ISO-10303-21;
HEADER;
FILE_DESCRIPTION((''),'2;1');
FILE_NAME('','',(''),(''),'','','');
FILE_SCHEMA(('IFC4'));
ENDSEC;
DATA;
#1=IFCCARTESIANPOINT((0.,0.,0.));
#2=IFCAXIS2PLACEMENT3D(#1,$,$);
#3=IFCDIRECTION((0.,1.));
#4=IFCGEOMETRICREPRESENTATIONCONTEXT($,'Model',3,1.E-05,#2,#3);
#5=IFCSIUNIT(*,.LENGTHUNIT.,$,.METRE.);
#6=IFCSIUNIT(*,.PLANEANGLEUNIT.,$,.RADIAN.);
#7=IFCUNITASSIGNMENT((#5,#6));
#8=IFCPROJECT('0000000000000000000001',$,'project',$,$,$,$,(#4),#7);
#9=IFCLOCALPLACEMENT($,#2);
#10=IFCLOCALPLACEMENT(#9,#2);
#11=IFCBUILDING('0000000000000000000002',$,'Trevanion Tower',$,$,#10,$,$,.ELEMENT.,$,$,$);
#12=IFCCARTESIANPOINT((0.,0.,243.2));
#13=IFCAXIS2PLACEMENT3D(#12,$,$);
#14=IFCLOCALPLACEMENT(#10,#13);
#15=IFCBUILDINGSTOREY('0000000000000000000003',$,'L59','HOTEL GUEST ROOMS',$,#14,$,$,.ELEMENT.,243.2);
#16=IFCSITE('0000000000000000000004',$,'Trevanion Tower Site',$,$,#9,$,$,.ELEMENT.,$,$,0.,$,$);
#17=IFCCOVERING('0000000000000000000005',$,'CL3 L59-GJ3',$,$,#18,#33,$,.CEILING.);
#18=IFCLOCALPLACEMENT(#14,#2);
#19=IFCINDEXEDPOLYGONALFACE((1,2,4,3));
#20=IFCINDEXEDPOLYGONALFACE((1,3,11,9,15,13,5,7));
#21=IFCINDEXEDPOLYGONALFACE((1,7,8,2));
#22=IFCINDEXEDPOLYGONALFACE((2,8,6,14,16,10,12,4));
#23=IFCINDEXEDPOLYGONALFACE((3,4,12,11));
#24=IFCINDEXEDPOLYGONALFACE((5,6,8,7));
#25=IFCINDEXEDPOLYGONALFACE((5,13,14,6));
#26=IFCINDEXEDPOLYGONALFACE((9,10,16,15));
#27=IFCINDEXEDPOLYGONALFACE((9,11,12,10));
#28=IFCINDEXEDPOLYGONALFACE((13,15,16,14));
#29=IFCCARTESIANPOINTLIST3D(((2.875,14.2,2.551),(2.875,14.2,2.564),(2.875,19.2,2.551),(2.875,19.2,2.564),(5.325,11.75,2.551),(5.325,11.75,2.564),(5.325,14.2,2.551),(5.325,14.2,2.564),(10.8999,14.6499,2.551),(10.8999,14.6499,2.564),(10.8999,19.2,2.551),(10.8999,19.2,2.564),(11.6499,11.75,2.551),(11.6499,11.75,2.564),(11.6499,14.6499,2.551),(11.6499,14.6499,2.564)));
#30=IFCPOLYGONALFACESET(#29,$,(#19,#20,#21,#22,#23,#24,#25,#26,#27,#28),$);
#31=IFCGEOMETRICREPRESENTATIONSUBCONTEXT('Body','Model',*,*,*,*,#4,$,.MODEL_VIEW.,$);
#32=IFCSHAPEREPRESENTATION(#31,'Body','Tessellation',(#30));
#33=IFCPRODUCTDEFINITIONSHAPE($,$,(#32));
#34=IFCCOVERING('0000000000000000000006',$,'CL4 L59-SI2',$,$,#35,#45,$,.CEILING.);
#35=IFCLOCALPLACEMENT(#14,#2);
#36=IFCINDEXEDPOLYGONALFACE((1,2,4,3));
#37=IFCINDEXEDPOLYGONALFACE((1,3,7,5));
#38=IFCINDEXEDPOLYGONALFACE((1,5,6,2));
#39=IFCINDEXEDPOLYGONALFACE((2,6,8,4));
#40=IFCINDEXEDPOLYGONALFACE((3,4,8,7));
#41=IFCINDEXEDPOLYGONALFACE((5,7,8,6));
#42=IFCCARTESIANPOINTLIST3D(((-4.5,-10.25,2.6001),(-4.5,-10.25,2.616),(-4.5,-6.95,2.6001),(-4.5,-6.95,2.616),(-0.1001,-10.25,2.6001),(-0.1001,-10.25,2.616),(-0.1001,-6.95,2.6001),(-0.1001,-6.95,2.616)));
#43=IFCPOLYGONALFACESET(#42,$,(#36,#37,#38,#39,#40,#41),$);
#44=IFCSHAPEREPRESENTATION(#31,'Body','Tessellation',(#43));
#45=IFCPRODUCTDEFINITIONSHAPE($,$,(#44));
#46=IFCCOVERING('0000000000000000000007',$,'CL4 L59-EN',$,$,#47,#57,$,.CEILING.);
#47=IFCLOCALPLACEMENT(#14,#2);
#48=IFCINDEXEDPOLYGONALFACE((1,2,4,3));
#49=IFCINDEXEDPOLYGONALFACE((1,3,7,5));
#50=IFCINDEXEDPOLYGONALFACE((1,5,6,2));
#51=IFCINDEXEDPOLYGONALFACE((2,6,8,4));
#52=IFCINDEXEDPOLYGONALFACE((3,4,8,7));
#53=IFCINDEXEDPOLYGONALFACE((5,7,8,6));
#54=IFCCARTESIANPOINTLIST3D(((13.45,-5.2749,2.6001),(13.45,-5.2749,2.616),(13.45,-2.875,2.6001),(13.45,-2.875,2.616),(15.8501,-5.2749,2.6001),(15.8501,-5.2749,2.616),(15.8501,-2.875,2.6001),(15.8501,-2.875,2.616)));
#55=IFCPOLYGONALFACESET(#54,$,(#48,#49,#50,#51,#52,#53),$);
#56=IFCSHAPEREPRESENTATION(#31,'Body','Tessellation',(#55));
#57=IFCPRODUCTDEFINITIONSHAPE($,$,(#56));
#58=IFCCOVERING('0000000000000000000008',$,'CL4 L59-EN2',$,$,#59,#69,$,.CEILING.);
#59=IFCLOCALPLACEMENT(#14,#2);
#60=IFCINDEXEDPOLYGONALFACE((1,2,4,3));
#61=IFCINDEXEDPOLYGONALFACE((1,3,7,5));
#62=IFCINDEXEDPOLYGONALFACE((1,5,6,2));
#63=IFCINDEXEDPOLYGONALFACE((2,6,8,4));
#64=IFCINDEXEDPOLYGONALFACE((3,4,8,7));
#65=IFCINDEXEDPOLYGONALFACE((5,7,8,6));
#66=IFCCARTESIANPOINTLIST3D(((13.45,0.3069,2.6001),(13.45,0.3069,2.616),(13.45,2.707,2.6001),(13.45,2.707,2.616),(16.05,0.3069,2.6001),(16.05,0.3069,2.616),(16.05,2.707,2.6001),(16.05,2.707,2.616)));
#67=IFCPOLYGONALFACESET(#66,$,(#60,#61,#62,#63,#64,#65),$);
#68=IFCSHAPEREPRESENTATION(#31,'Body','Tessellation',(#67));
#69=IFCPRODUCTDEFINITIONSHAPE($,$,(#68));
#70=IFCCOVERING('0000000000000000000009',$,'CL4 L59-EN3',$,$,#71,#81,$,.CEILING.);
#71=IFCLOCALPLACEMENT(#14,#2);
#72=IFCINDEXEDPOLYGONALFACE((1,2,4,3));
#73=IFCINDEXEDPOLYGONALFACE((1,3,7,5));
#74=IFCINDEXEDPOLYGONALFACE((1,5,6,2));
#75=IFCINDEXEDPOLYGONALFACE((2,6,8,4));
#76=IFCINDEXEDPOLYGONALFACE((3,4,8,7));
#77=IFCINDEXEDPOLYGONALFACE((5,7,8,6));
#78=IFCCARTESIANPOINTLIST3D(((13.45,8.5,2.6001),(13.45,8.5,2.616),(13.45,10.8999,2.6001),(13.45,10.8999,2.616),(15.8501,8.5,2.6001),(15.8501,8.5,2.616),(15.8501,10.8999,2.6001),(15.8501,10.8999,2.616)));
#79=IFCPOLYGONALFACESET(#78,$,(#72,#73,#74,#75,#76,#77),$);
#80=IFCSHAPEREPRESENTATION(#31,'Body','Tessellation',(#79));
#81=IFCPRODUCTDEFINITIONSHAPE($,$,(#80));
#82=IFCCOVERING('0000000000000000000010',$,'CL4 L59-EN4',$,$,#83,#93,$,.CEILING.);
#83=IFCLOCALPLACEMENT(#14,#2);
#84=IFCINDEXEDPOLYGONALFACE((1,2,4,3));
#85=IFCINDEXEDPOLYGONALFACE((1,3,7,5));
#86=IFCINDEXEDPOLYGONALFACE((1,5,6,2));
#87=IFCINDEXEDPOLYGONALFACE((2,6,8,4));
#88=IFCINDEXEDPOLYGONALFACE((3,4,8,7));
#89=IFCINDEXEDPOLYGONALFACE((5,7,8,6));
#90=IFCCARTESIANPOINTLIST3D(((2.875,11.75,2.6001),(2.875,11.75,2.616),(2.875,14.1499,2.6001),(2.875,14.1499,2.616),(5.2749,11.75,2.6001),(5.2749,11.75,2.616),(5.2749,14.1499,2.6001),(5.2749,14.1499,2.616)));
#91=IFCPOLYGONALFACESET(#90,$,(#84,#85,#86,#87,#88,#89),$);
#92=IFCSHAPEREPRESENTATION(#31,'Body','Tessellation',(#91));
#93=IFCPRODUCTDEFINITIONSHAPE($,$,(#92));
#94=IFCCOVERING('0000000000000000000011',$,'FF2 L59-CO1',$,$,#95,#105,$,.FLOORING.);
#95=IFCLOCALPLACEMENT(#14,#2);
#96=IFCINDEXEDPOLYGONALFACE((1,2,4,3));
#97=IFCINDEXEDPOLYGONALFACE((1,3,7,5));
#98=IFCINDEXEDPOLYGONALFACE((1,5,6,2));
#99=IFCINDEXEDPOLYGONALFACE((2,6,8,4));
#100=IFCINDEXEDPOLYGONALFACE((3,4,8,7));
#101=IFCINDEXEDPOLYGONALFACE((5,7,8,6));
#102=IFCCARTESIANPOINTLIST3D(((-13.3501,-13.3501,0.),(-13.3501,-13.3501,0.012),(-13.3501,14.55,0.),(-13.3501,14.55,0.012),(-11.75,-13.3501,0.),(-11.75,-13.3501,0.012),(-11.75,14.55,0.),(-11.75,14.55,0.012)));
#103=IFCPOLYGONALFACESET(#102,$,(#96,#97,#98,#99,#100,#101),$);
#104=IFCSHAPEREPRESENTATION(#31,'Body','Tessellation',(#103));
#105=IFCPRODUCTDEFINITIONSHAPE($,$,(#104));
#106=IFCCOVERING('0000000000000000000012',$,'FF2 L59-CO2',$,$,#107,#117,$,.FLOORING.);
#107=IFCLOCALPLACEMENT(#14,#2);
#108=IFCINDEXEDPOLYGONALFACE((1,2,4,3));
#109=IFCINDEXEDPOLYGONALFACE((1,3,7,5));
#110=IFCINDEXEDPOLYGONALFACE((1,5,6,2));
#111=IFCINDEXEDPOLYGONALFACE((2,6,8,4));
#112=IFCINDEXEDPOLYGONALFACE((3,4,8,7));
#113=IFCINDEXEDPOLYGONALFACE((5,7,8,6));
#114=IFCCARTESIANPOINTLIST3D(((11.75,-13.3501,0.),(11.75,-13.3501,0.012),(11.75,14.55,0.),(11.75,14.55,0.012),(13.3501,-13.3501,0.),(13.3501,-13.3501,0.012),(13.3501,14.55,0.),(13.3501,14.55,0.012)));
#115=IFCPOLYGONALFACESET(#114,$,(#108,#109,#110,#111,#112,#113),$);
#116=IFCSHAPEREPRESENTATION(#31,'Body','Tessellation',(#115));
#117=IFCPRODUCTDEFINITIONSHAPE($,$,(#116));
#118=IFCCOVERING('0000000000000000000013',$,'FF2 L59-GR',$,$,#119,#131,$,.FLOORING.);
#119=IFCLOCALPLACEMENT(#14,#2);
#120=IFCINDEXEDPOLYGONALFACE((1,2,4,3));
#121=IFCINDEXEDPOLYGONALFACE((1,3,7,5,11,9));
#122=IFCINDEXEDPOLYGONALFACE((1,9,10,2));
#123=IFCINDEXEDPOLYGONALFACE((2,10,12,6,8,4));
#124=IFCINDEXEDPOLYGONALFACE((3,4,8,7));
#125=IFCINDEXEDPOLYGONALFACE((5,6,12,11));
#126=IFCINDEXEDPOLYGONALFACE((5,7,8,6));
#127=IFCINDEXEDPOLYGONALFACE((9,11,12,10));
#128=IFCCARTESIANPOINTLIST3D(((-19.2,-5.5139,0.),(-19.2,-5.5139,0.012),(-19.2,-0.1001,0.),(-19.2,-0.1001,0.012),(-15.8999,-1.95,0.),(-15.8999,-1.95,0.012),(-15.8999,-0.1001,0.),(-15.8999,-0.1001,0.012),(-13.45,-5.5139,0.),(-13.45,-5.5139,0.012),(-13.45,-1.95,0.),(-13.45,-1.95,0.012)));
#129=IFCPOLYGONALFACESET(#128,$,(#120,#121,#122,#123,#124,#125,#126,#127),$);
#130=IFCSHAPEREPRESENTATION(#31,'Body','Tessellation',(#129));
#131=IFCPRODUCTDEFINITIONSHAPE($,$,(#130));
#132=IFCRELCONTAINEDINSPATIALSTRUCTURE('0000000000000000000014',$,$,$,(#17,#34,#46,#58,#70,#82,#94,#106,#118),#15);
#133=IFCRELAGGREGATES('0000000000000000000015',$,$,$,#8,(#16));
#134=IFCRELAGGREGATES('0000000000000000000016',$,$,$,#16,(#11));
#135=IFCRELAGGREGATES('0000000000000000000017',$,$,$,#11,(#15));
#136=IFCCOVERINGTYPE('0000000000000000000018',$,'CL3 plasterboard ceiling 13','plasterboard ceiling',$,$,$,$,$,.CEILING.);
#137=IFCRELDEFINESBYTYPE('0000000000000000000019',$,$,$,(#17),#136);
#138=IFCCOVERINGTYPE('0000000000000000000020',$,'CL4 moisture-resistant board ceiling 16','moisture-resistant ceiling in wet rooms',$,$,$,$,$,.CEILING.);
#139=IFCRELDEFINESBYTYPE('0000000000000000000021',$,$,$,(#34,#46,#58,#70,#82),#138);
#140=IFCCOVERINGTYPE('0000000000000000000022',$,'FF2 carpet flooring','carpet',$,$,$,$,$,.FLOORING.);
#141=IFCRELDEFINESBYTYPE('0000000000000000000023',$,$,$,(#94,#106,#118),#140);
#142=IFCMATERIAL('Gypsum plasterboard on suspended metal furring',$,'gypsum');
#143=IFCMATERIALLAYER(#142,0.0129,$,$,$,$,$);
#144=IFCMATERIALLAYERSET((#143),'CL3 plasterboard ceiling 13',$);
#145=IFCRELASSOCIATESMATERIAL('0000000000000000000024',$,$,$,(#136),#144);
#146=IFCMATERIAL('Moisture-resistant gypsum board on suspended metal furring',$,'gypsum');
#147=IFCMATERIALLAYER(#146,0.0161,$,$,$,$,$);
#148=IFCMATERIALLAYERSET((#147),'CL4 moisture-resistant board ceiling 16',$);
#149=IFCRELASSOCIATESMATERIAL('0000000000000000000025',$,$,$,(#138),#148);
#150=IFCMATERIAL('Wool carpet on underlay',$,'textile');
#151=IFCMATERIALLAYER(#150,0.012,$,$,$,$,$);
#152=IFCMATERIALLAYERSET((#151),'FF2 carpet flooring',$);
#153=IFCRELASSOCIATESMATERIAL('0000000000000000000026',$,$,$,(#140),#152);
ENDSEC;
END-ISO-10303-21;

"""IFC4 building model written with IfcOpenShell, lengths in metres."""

from ifc_helpers import new_model, si_unit, direction, frame, origin, place, context, subcontext, project, spatial, polyline, outline, extrude, material, layer, layer_set, type_object, element, save


model = new_model("IFC4")

# Units and contexts
model_context = context("Model", 3, precision=1e-05, world=origin(), true_north=direction((0.0, 1.0)))
body_context = subcontext(model_context, "Body", "Model", "MODEL_VIEW")
ifc_project = project(units=[si_unit("LENGTHUNIT", "METRE"), si_unit("PLANEANGLEUNIT", "RADIAN")], contexts=[model_context])

# Site, building, storey
site_placement = place(None, origin())
site = spatial("IfcSite", under=ifc_project, at=site_placement, Name="Trevanion Tower Site", CompositionType="ELEMENT", RefElevation=0.0)
building_placement = place(site_placement, origin())
building = spatial("IfcBuilding", under=site, at=building_placement, Name="Trevanion Tower", CompositionType="ELEMENT")
storey_placement = place(building_placement, frame((0.0, 0.0, 243.2)))
storey = spatial("IfcBuildingStorey", under=building, at=storey_placement, Name="L59", Description="HOTEL GUEST ROOMS", CompositionType="ELEMENT", Elevation=243.2)

# Coverings
ifc_material_1 = material(Name="Gypsum plasterboard on suspended metal furring", Category="gypsum")
ifc_layer_1 = layer(ifc_material_1, 0.0129)
ifc_layer_set_1 = layer_set([ifc_layer_1], Name="CL3 plasterboard ceiling 13")
covering_type_1 = type_object("IfcCoveringType", Name="CL3 plasterboard ceiling 13", Description="plasterboard ceiling", PredefinedType="CEILING", material=ifc_layer_set_1)
covering_1_placement = place(storey_placement, frame((0.0, 0.0, 2.551)))
element("IfcCovering", 1, at=covering_1_placement, inside=storey, type_object=covering_type_1, Name="CL3 L59-GJ3", PredefinedType="CEILING", context=body_context, shape_type="SweptSolid", body=[
    extrude(outline(polyline([(2.875, 19.2), (10.8999, 19.2), (10.8999, 14.6499), (11.6499, 14.6499), (11.6499, 11.75), (5.325, 11.75), (5.325, 14.2), (2.875, 14.2), (2.875, 19.2)])), origin(), (0.0, 0.0, 1.0), 0.0129),
])
ifc_material_2 = material(Name="Moisture-resistant gypsum board on suspended metal furring", Category="gypsum")
ifc_layer_2 = layer(ifc_material_2, 0.0161)
ifc_layer_set_2 = layer_set([ifc_layer_2], Name="CL4 moisture-resistant board ceiling 16")
covering_type_2 = type_object("IfcCoveringType", Name="CL4 moisture-resistant board ceiling 16", Description="moisture-resistant ceiling in wet rooms", PredefinedType="CEILING", material=ifc_layer_set_2)
covering_2_placement = place(storey_placement, frame((0.0, 0.0, 2.6001)))
element("IfcCovering", 2, at=covering_2_placement, inside=storey, type_object=covering_type_2, Name="CL4 L59-SI2", PredefinedType="CEILING", context=body_context, shape_type="SweptSolid", body=[
    extrude(outline(polyline([(-0.1001, -10.25), (-0.1001, -6.95), (-4.5, -6.95), (-4.5, -10.25), (-0.1001, -10.25)])), origin(), (0.0, 0.0, 1.0), 0.0159),
])
covering_3_placement = place(storey_placement, frame((0.0, 0.0, 2.6001)))
element("IfcCovering", 3, at=covering_3_placement, inside=storey, type_object=covering_type_2, Name="CL4 L59-EN", PredefinedType="CEILING", context=body_context, shape_type="SweptSolid", body=[
    extrude(outline(polyline([(15.8501, -5.2749), (15.8501, -2.875), (13.45, -2.875), (13.45, -5.2749), (15.8501, -5.2749)])), origin(), (0.0, 0.0, 1.0), 0.0159),
])
covering_4_placement = place(storey_placement, frame((0.0, 0.0, 2.6001)))
element("IfcCovering", 4, at=covering_4_placement, inside=storey, type_object=covering_type_2, Name="CL4 L59-EN2", PredefinedType="CEILING", context=body_context, shape_type="SweptSolid", body=[
    extrude(outline(polyline([(16.05, 0.3069), (16.05, 2.707), (13.45, 2.707), (13.45, 0.3069), (16.05, 0.3069)])), origin(), (0.0, 0.0, 1.0), 0.0159),
])
covering_5_placement = place(storey_placement, frame((0.0, 0.0, 2.6001)))
element("IfcCovering", 5, at=covering_5_placement, inside=storey, type_object=covering_type_2, Name="CL4 L59-EN3", PredefinedType="CEILING", context=body_context, shape_type="SweptSolid", body=[
    extrude(outline(polyline([(15.8501, 8.5), (15.8501, 10.8999), (13.45, 10.8999), (13.45, 8.5), (15.8501, 8.5)])), origin(), (0.0, 0.0, 1.0), 0.0159),
])
covering_6_placement = place(storey_placement, frame((0.0, 0.0, 2.6001)))
element("IfcCovering", 6, at=covering_6_placement, inside=storey, type_object=covering_type_2, Name="CL4 L59-EN4", PredefinedType="CEILING", context=body_context, shape_type="SweptSolid", body=[
    extrude(outline(polyline([(5.2749, 14.1499), (2.875, 14.1499), (2.875, 11.75), (5.2749, 11.75), (5.2749, 14.1499)])), origin(), (0.0, 0.0, 1.0), 0.0159),
])
ifc_material_3 = material(Name="Wool carpet on underlay", Category="textile")
ifc_layer_3 = layer(ifc_material_3, 0.012)
ifc_layer_set_3 = layer_set([ifc_layer_3], Name="FF2 carpet flooring")
covering_type_3 = type_object("IfcCoveringType", Name="FF2 carpet flooring", Description="carpet", PredefinedType="FLOORING", material=ifc_layer_set_3)
covering_7_placement = place(storey_placement, origin())
element("IfcCovering", 7, at=covering_7_placement, inside=storey, type_object=covering_type_3, Name="FF2 L59-CO1", PredefinedType="FLOORING", context=body_context, shape_type="SweptSolid", body=[
    extrude(outline(polyline([(-11.75, 14.55), (-11.75, -13.3501), (-13.3501, -13.3501), (-13.3501, 14.55), (-11.75, 14.55)])), origin(), (0.0, 0.0, 1.0), 0.012),
])
covering_8_placement = place(storey_placement, origin())
element("IfcCovering", 8, at=covering_8_placement, inside=storey, type_object=covering_type_3, Name="FF2 L59-CO2", PredefinedType="FLOORING", context=body_context, shape_type="SweptSolid", body=[
    extrude(outline(polyline([(11.75, -13.3501), (11.75, 14.55), (13.3501, 14.55), (13.3501, -13.3501), (11.75, -13.3501)])), origin(), (0.0, 0.0, 1.0), 0.012),
])
covering_9_placement = place(storey_placement, origin())
element("IfcCovering", 9, at=covering_9_placement, inside=storey, type_object=covering_type_3, Name="FF2 L59-GR", PredefinedType="FLOORING", context=body_context, shape_type="SweptSolid", body=[
    extrude(outline(polyline([(-13.45, -5.5139), (-19.2, -5.5139), (-19.2, -0.1001), (-15.8999, -0.1001), (-15.8999, -1.95), (-13.45, -1.95), (-13.45, -5.5139)])), origin(), (0.0, 0.0, 1.0), 0.012),
])

save(model, "model.ifc")
